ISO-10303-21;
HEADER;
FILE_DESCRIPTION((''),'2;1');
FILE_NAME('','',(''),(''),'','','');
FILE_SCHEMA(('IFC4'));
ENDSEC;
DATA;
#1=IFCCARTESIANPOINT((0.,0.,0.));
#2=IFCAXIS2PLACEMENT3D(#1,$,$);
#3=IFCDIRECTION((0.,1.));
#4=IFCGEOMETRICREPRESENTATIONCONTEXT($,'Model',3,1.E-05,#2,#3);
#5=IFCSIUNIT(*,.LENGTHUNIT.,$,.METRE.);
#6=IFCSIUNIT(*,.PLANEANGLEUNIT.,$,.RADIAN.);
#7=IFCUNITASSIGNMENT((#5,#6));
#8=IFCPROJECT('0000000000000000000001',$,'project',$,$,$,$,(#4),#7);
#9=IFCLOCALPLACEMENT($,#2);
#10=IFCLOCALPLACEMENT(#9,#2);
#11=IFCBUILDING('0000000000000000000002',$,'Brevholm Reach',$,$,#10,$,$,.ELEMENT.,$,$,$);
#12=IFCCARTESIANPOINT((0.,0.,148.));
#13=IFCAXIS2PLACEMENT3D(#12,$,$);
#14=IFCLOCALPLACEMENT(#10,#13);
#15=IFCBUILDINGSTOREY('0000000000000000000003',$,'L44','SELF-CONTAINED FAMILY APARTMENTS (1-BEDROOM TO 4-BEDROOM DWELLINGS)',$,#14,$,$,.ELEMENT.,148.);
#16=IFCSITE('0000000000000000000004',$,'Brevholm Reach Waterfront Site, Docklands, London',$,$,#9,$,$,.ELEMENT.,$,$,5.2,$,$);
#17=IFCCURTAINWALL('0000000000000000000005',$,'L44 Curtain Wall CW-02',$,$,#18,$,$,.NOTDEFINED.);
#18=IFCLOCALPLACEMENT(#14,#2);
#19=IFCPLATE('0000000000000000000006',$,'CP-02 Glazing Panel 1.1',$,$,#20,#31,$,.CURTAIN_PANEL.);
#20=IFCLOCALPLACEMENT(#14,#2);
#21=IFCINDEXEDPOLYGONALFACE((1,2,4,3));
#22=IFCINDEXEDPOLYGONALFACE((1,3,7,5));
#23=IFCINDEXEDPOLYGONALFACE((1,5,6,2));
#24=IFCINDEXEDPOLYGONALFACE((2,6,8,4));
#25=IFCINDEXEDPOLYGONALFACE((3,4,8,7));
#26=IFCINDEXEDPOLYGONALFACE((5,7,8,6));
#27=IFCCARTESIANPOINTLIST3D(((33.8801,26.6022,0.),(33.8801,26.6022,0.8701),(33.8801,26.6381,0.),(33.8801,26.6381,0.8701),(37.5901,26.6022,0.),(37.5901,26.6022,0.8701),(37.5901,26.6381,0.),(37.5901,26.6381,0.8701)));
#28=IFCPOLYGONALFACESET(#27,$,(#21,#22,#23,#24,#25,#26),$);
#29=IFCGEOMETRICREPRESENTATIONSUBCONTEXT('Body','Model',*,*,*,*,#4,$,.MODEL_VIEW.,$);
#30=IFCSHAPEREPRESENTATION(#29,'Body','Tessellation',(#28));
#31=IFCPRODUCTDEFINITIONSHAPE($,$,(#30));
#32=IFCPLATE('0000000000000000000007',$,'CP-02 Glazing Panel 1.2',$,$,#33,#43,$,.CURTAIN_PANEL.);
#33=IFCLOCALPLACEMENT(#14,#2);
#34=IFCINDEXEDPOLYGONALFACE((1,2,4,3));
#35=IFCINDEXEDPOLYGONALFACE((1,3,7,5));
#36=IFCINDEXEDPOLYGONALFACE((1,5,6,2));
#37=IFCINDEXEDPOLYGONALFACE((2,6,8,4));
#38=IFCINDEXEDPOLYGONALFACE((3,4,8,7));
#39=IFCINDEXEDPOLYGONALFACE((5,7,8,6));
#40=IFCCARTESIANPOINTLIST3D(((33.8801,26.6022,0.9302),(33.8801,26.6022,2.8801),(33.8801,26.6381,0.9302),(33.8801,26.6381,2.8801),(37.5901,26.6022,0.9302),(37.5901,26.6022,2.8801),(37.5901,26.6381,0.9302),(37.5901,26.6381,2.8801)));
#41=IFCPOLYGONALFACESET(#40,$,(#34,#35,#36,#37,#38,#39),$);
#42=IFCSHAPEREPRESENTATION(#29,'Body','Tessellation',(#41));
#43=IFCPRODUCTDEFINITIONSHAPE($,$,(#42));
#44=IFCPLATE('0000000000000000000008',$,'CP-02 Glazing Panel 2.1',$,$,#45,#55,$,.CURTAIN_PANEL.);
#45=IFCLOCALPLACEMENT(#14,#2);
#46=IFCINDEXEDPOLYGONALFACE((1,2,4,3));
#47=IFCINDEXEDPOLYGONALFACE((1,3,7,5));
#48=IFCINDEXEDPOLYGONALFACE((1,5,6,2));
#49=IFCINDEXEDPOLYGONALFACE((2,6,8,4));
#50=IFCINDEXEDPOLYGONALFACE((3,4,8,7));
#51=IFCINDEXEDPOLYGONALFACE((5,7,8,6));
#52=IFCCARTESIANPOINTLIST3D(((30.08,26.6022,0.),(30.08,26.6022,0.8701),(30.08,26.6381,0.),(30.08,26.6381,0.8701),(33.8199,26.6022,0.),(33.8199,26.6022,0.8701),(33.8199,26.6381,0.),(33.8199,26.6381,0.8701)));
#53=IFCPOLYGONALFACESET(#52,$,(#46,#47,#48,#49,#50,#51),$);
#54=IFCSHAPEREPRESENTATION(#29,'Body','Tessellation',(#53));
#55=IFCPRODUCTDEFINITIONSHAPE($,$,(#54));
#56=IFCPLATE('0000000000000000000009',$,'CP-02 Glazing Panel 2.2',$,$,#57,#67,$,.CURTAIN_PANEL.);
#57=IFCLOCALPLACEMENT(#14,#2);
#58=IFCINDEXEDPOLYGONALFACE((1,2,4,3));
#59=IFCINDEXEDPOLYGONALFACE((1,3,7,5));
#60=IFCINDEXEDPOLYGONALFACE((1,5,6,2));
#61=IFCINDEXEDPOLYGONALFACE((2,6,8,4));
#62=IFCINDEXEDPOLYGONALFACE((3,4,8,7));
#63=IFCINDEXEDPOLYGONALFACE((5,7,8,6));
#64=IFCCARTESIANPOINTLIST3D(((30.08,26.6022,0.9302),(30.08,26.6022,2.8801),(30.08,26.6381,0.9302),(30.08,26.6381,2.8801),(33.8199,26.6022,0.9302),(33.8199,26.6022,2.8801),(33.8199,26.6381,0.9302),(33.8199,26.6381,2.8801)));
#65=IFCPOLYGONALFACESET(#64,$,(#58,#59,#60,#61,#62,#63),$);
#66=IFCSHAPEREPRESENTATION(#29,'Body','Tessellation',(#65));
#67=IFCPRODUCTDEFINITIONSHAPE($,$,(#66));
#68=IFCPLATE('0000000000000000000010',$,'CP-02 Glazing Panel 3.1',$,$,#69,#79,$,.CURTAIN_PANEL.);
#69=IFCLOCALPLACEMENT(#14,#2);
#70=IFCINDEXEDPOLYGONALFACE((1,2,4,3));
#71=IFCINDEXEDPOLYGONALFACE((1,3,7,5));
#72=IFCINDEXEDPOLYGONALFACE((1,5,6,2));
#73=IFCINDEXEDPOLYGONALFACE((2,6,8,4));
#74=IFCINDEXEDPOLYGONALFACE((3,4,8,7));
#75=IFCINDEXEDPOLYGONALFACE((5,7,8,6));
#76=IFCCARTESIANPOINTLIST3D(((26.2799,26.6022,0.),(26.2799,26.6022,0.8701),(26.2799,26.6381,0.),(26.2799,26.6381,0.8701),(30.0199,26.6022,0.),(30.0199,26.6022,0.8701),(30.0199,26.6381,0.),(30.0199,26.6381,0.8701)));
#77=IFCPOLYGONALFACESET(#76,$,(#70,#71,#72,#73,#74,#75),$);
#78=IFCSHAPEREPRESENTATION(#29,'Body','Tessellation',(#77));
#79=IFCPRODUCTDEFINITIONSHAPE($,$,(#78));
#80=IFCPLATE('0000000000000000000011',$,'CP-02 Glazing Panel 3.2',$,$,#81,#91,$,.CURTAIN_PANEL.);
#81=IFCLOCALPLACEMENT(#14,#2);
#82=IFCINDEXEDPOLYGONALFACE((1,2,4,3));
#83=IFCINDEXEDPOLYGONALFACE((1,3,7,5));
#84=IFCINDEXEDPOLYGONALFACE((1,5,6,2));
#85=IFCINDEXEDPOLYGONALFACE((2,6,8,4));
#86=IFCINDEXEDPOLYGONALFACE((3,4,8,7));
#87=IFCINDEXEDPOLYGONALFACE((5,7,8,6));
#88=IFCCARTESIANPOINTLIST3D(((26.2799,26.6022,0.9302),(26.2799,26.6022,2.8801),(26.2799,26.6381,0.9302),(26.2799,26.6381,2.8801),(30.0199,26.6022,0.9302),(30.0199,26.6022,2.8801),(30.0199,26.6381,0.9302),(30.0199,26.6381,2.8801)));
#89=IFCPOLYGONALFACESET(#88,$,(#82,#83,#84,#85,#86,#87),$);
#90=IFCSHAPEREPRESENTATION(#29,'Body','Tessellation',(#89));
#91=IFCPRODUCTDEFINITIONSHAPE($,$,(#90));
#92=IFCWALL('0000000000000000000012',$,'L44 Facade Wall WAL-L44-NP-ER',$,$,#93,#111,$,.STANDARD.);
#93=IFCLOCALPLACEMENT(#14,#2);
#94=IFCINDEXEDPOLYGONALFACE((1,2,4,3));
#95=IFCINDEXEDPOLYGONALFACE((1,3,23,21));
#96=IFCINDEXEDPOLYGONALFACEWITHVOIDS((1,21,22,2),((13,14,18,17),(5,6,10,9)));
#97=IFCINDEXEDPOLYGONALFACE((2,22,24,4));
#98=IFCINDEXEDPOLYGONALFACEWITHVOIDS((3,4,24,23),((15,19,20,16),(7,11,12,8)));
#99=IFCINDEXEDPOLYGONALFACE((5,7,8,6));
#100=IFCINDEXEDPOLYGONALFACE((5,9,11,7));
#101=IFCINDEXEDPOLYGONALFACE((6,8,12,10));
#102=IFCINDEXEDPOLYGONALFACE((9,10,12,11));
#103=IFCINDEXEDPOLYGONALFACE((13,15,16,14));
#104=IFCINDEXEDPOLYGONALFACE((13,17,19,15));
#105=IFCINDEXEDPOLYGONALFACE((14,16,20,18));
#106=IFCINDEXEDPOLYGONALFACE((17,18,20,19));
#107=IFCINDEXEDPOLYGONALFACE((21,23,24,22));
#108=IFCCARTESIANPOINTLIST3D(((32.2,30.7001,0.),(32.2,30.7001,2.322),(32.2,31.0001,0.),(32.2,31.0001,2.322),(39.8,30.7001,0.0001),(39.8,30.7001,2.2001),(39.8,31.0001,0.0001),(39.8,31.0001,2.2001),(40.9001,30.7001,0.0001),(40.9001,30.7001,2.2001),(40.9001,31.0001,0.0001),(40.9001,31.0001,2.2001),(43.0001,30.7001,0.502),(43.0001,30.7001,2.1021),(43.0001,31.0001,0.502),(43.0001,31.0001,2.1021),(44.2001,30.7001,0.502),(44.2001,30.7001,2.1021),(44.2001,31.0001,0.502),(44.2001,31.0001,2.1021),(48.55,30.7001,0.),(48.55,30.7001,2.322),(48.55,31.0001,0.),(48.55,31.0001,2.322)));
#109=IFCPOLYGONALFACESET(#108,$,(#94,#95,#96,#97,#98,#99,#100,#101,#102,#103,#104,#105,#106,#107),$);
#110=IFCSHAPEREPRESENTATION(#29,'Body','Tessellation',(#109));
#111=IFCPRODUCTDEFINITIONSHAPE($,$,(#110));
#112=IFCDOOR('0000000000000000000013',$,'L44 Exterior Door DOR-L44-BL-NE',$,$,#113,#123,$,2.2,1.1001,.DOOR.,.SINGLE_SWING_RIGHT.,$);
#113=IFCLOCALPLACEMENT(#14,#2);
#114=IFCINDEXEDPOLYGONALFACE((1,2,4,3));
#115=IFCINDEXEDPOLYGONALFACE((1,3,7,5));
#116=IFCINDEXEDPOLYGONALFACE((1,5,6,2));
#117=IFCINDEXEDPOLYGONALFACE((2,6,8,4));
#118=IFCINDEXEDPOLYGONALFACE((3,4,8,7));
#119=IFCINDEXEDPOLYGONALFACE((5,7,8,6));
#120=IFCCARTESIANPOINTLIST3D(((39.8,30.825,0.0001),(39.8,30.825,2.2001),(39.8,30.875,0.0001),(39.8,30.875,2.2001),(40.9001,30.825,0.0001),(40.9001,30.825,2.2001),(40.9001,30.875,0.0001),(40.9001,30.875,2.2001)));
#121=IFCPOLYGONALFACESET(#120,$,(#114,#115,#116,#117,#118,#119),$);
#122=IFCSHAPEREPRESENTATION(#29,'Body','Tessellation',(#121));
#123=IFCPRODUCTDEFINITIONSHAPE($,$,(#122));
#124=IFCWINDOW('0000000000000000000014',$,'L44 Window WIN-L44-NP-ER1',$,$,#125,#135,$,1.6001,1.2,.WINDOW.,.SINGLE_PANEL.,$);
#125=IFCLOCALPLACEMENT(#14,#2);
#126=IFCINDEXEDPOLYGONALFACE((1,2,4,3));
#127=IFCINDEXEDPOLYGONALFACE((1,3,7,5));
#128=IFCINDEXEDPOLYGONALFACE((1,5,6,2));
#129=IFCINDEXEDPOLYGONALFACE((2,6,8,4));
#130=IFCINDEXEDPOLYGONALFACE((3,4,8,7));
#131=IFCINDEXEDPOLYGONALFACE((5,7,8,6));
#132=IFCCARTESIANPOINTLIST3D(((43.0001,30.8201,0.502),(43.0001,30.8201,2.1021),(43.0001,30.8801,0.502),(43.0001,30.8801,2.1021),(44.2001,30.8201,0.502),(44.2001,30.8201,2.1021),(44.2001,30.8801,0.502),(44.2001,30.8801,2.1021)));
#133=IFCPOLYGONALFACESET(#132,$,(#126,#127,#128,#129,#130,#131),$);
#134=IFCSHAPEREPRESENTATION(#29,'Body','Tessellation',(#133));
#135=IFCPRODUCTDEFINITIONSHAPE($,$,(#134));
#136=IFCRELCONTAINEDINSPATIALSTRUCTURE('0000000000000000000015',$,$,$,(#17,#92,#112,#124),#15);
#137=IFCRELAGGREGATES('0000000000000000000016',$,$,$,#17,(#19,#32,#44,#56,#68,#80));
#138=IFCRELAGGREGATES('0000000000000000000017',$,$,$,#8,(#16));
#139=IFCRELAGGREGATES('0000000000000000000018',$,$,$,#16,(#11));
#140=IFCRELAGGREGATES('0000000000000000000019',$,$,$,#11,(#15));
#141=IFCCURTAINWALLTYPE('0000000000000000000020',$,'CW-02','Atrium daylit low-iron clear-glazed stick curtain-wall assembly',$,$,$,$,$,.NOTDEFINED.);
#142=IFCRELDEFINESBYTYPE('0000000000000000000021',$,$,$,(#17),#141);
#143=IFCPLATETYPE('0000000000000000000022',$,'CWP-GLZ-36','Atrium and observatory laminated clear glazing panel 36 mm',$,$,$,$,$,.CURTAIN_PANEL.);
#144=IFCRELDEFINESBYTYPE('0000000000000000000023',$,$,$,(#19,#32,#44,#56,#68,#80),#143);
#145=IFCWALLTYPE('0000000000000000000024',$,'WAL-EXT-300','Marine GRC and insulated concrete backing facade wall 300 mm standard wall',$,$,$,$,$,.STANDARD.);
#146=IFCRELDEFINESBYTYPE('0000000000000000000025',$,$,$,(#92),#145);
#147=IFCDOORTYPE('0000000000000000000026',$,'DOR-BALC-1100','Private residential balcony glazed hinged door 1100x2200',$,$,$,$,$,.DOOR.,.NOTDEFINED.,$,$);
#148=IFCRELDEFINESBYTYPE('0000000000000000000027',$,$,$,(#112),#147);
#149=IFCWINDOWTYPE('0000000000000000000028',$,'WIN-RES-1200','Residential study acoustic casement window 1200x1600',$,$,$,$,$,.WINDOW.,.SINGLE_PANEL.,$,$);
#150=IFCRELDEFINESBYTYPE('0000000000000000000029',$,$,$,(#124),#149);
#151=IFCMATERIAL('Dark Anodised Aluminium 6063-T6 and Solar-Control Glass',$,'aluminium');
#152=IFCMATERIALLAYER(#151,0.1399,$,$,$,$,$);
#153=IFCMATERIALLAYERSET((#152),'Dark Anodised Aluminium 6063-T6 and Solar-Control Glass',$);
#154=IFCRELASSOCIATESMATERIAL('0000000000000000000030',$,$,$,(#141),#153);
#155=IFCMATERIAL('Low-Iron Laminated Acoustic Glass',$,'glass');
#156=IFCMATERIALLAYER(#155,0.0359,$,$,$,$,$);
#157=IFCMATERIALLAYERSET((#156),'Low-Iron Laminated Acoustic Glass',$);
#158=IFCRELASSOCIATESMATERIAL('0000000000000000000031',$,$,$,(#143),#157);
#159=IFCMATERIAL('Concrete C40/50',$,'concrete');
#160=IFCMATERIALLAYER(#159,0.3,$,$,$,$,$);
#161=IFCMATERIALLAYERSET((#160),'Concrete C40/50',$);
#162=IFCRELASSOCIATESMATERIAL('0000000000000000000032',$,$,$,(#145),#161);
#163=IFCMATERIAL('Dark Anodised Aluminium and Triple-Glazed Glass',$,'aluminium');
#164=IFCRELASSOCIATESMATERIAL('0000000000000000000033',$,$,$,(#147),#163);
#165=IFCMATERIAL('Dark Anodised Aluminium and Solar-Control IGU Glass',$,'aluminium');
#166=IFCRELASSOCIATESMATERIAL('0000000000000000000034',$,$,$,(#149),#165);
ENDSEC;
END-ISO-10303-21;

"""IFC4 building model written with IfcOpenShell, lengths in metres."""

from ifc_helpers import new_model, si_unit, direction, frame, frame_2d, origin, origin_2d, place, context, subcontext, project, spatial, rectangle, extrude, material, layer, layer_set, type_object, element, fill, aggregate, save


model = new_model("IFC4")

# Units and contexts
model_context = context("Model", 3, precision=1e-05, world=origin(), true_north=direction((0.0, 1.0)))
body_context = subcontext(model_context, "Body", "Model", "MODEL_VIEW")
ifc_project = project(units=[si_unit("LENGTHUNIT", "METRE"), si_unit("PLANEANGLEUNIT", "RADIAN")], contexts=[model_context])

# Site, building, storey
site_placement = place(None, origin())
site = spatial("IfcSite", under=ifc_project, at=site_placement, Name="Brevholm Reach Waterfront Site, Docklands, London", CompositionType="ELEMENT", RefElevation=5.2)
building_placement = place(site_placement, origin())
building = spatial("IfcBuilding", under=site, at=building_placement, Name="Brevholm Reach", CompositionType="ELEMENT")
storey_placement = place(building_placement, frame((0.0, 0.0, 148.0)))
storey = spatial("IfcBuildingStorey", under=building, at=storey_placement, Name="L44", Description="SELF-CONTAINED FAMILY APARTMENTS (1-BEDROOM TO 4-BEDROOM DWELLINGS)", CompositionType="ELEMENT", Elevation=148.0)

# Curtain wall
ifc_material_1 = material(Name="Dark Anodised Aluminium 6063-T6 and Solar-Control Glass", Category="aluminium")
ifc_layer_1 = layer(ifc_material_1, 0.1399)
ifc_layer_set_1 = layer_set([ifc_layer_1], Name="Dark Anodised Aluminium 6063-T6 and Solar-Control Glass")
curtain_wall_type_1 = type_object("IfcCurtainWallType", Name="CW-02", Description="Atrium daylit low-iron clear-glazed stick curtain-wall assembly", PredefinedType="NOTDEFINED", material=ifc_layer_set_1)
curtain_wall_1_placement = place(storey_placement, origin())
curtain_wall_1 = element("IfcCurtainWall", 1, at=curtain_wall_1_placement, inside=storey, type_object=curtain_wall_type_1, Name="L44 Curtain Wall CW-02", PredefinedType="NOTDEFINED")

# Plates
ifc_material_2 = material(Name="Low-Iron Laminated Acoustic Glass", Category="glass")
ifc_layer_2 = layer(ifc_material_2, 0.0359)
ifc_layer_set_2 = layer_set([ifc_layer_2], Name="Low-Iron Laminated Acoustic Glass")
plate_type_1 = type_object("IfcPlateType", Name="CWP-GLZ-36", Description="Atrium and observatory laminated clear glazing panel 36 mm", PredefinedType="CURTAIN_PANEL", material=ifc_layer_set_2)
plate_1_placement = place(storey_placement, frame((35.7351, 26.6201, 0.0), z_axis=(0.0, 0.0, 1.0), x_axis=(-1.0, 0.0, 0.0)))
plate_1 = element("IfcPlate", 2, at=plate_1_placement, type_object=plate_type_1, Name="CP-02 Glazing Panel 1.1", PredefinedType="CURTAIN_PANEL", context=body_context, shape_type="SweptSolid", body=[
    extrude(rectangle(XDim=3.71, YDim=0.0359, at=origin_2d()), origin(), (0.0, 0.0, 1.0), 0.8701),
])
plate_2_placement = place(storey_placement, frame((35.7351, 26.6201, 0.9302), z_axis=(0.0, 0.0, 1.0), x_axis=(-1.0, 0.0, 0.0)))
plate_2 = element("IfcPlate", 3, at=plate_2_placement, type_object=plate_type_1, Name="CP-02 Glazing Panel 1.2", PredefinedType="CURTAIN_PANEL", context=body_context, shape_type="SweptSolid", body=[
    extrude(rectangle(XDim=3.71, YDim=0.0359, at=origin_2d()), origin(), (0.0, 0.0, 1.0), 1.95),
])
plate_3_placement = place(storey_placement, frame((31.95, 26.6201, 0.0), z_axis=(0.0, 0.0, 1.0), x_axis=(-1.0, 0.0, 0.0)))
plate_3 = element("IfcPlate", 4, at=plate_3_placement, type_object=plate_type_1, Name="CP-02 Glazing Panel 2.1", PredefinedType="CURTAIN_PANEL", context=body_context, shape_type="SweptSolid", body=[
    extrude(rectangle(XDim=3.74, YDim=0.0359, at=origin_2d()), origin(), (0.0, 0.0, 1.0), 0.8701),
])
plate_4_placement = place(storey_placement, frame((31.95, 26.6201, 0.9302), z_axis=(0.0, 0.0, 1.0), x_axis=(-1.0, 0.0, 0.0)))
plate_4 = element("IfcPlate", 5, at=plate_4_placement, type_object=plate_type_1, Name="CP-02 Glazing Panel 2.2", PredefinedType="CURTAIN_PANEL", context=body_context, shape_type="SweptSolid", body=[
    extrude(rectangle(XDim=3.74, YDim=0.0359, at=origin_2d()), origin(), (0.0, 0.0, 1.0), 1.95),
])
plate_5_placement = place(storey_placement, frame((28.1499, 26.6201, 0.0), z_axis=(0.0, 0.0, 1.0), x_axis=(-1.0, 0.0, 0.0)))
plate_5 = element("IfcPlate", 6, at=plate_5_placement, type_object=plate_type_1, Name="CP-02 Glazing Panel 3.1", PredefinedType="CURTAIN_PANEL", context=body_context, shape_type="SweptSolid", body=[
    extrude(rectangle(XDim=3.74, YDim=0.0359, at=origin_2d()), origin(), (0.0, 0.0, 1.0), 0.8701),
])
plate_6_placement = place(storey_placement, frame((28.1499, 26.6201, 0.9302), z_axis=(0.0, 0.0, 1.0), x_axis=(-1.0, 0.0, 0.0)))
plate_6 = element("IfcPlate", 7, at=plate_6_placement, type_object=plate_type_1, Name="CP-02 Glazing Panel 3.2", PredefinedType="CURTAIN_PANEL", context=body_context, shape_type="SweptSolid", body=[
    extrude(rectangle(XDim=3.74, YDim=0.0359, at=origin_2d()), origin(), (0.0, 0.0, 1.0), 1.95),
])
aggregate(curtain_wall_1, [plate_1, plate_2, plate_3, plate_4, plate_5, plate_6])

# Wall, openings, door, window
ifc_material_3 = material(Name="Concrete C40/50", Category="concrete")
ifc_layer_3 = layer(ifc_material_3, 0.3)
ifc_layer_set_3 = layer_set([ifc_layer_3], Name="Concrete C40/50")
wall_type = type_object("IfcWallType", Name="WAL-EXT-300", Description="Marine GRC and insulated concrete backing facade wall 300 mm standard wall", PredefinedType="STANDARD", material=ifc_layer_set_3)
wall_placement = place(storey_placement, frame((32.2, 30.8501, 0.0), z_axis=(0.0, 0.0, 1.0), x_axis=(1.0, 0.0, 0.0)))
wall = element("IfcWall", 8, at=wall_placement, inside=storey, type_object=wall_type, Name="L44 Facade Wall WAL-L44-NP-ER", PredefinedType="STANDARD", context=body_context, shape_type="SweptSolid", body=[
    extrude(rectangle(XDim=16.3501, YDim=0.3, at=frame_2d((8.175, 0.0))), origin(), (0.0, 0.0, 1.0), 2.322),
])
opening_1_placement = place(wall_placement, frame((7.6001, 0.0, 0.0)))
opening_1 = element("IfcOpeningElement", 9, at=opening_1_placement, cuts=wall, PredefinedType="OPENING", context=body_context, shape_type="SweptSolid", body=[
    extrude(rectangle(XDim=1.1001, YDim=2.2, at=frame_2d((0.55, 1.1001))), frame((0.0, 0.1599, 0.0), z_axis=(0.0, -1.0, 0.0), x_axis=(1.0, 0.0, 0.0)), (0.0, 0.0, 1.0), 0.3201),
])
opening_2_placement = place(wall_placement, frame((10.8, 0.0, 0.502)))
opening_2 = element("IfcOpeningElement", 10, at=opening_2_placement, cuts=wall, PredefinedType="OPENING", context=body_context, shape_type="SweptSolid", body=[
    extrude(rectangle(XDim=1.2, YDim=1.6001, at=frame_2d((0.6001, 0.8))), frame((0.0, 0.1599, 0.0), z_axis=(0.0, -1.0, 0.0), x_axis=(1.0, 0.0, 0.0)), (0.0, 0.0, 1.0), 0.3201),
])
ifc_material_4 = material(Name="Dark Anodised Aluminium and Triple-Glazed Glass", Category="aluminium")
door_type = type_object("IfcDoorType", Name="DOR-BALC-1100", Description="Private residential balcony glazed hinged door 1100x2200", OperationType="NOTDEFINED", PredefinedType="DOOR", material=ifc_material_4)
door_placement = place(opening_1_placement, origin())
door = element("IfcDoor", 11, at=door_placement, inside=storey, type_object=door_type, Name="L44 Exterior Door DOR-L44-BL-NE", OperationType="SINGLE_SWING_RIGHT", OverallHeight=2.2, OverallWidth=1.1001, PredefinedType="DOOR", context=body_context, shape_type="SweptSolid", body=[
    extrude(rectangle(XDim=1.1001, YDim=2.2, at=frame_2d((0.55, 1.1001))), frame((0.0, 0.0249, 0.0), z_axis=(0.0, -1.0, 0.0), x_axis=(1.0, 0.0, 0.0)), (0.0, 0.0, 1.0), 0.05),
])
fill(opening_1, door)
ifc_material_5 = material(Name="Dark Anodised Aluminium and Solar-Control IGU Glass", Category="aluminium")
window_type = type_object("IfcWindowType", Name="WIN-RES-1200", Description="Residential study acoustic casement window 1200x1600", PartitioningType="SINGLE_PANEL", PredefinedType="WINDOW", material=ifc_material_5)
window_placement = place(opening_2_placement, origin())
window = element("IfcWindow", 12, at=window_placement, inside=storey, type_object=window_type, Name="L44 Window WIN-L44-NP-ER1", OverallHeight=1.6001, OverallWidth=1.2, PartitioningType="SINGLE_PANEL", PredefinedType="WINDOW", context=body_context, shape_type="SweptSolid", body=[
    extrude(rectangle(XDim=1.2, YDim=1.6001, at=frame_2d((0.6001, 0.8))), frame((0.0, 0.03, 0.0), z_axis=(0.0, -1.0, 0.0), x_axis=(1.0, 0.0, 0.0)), (0.0, 0.0, 1.0), 0.0601),
])
fill(opening_2, window)

save(model, "model.ifc")
